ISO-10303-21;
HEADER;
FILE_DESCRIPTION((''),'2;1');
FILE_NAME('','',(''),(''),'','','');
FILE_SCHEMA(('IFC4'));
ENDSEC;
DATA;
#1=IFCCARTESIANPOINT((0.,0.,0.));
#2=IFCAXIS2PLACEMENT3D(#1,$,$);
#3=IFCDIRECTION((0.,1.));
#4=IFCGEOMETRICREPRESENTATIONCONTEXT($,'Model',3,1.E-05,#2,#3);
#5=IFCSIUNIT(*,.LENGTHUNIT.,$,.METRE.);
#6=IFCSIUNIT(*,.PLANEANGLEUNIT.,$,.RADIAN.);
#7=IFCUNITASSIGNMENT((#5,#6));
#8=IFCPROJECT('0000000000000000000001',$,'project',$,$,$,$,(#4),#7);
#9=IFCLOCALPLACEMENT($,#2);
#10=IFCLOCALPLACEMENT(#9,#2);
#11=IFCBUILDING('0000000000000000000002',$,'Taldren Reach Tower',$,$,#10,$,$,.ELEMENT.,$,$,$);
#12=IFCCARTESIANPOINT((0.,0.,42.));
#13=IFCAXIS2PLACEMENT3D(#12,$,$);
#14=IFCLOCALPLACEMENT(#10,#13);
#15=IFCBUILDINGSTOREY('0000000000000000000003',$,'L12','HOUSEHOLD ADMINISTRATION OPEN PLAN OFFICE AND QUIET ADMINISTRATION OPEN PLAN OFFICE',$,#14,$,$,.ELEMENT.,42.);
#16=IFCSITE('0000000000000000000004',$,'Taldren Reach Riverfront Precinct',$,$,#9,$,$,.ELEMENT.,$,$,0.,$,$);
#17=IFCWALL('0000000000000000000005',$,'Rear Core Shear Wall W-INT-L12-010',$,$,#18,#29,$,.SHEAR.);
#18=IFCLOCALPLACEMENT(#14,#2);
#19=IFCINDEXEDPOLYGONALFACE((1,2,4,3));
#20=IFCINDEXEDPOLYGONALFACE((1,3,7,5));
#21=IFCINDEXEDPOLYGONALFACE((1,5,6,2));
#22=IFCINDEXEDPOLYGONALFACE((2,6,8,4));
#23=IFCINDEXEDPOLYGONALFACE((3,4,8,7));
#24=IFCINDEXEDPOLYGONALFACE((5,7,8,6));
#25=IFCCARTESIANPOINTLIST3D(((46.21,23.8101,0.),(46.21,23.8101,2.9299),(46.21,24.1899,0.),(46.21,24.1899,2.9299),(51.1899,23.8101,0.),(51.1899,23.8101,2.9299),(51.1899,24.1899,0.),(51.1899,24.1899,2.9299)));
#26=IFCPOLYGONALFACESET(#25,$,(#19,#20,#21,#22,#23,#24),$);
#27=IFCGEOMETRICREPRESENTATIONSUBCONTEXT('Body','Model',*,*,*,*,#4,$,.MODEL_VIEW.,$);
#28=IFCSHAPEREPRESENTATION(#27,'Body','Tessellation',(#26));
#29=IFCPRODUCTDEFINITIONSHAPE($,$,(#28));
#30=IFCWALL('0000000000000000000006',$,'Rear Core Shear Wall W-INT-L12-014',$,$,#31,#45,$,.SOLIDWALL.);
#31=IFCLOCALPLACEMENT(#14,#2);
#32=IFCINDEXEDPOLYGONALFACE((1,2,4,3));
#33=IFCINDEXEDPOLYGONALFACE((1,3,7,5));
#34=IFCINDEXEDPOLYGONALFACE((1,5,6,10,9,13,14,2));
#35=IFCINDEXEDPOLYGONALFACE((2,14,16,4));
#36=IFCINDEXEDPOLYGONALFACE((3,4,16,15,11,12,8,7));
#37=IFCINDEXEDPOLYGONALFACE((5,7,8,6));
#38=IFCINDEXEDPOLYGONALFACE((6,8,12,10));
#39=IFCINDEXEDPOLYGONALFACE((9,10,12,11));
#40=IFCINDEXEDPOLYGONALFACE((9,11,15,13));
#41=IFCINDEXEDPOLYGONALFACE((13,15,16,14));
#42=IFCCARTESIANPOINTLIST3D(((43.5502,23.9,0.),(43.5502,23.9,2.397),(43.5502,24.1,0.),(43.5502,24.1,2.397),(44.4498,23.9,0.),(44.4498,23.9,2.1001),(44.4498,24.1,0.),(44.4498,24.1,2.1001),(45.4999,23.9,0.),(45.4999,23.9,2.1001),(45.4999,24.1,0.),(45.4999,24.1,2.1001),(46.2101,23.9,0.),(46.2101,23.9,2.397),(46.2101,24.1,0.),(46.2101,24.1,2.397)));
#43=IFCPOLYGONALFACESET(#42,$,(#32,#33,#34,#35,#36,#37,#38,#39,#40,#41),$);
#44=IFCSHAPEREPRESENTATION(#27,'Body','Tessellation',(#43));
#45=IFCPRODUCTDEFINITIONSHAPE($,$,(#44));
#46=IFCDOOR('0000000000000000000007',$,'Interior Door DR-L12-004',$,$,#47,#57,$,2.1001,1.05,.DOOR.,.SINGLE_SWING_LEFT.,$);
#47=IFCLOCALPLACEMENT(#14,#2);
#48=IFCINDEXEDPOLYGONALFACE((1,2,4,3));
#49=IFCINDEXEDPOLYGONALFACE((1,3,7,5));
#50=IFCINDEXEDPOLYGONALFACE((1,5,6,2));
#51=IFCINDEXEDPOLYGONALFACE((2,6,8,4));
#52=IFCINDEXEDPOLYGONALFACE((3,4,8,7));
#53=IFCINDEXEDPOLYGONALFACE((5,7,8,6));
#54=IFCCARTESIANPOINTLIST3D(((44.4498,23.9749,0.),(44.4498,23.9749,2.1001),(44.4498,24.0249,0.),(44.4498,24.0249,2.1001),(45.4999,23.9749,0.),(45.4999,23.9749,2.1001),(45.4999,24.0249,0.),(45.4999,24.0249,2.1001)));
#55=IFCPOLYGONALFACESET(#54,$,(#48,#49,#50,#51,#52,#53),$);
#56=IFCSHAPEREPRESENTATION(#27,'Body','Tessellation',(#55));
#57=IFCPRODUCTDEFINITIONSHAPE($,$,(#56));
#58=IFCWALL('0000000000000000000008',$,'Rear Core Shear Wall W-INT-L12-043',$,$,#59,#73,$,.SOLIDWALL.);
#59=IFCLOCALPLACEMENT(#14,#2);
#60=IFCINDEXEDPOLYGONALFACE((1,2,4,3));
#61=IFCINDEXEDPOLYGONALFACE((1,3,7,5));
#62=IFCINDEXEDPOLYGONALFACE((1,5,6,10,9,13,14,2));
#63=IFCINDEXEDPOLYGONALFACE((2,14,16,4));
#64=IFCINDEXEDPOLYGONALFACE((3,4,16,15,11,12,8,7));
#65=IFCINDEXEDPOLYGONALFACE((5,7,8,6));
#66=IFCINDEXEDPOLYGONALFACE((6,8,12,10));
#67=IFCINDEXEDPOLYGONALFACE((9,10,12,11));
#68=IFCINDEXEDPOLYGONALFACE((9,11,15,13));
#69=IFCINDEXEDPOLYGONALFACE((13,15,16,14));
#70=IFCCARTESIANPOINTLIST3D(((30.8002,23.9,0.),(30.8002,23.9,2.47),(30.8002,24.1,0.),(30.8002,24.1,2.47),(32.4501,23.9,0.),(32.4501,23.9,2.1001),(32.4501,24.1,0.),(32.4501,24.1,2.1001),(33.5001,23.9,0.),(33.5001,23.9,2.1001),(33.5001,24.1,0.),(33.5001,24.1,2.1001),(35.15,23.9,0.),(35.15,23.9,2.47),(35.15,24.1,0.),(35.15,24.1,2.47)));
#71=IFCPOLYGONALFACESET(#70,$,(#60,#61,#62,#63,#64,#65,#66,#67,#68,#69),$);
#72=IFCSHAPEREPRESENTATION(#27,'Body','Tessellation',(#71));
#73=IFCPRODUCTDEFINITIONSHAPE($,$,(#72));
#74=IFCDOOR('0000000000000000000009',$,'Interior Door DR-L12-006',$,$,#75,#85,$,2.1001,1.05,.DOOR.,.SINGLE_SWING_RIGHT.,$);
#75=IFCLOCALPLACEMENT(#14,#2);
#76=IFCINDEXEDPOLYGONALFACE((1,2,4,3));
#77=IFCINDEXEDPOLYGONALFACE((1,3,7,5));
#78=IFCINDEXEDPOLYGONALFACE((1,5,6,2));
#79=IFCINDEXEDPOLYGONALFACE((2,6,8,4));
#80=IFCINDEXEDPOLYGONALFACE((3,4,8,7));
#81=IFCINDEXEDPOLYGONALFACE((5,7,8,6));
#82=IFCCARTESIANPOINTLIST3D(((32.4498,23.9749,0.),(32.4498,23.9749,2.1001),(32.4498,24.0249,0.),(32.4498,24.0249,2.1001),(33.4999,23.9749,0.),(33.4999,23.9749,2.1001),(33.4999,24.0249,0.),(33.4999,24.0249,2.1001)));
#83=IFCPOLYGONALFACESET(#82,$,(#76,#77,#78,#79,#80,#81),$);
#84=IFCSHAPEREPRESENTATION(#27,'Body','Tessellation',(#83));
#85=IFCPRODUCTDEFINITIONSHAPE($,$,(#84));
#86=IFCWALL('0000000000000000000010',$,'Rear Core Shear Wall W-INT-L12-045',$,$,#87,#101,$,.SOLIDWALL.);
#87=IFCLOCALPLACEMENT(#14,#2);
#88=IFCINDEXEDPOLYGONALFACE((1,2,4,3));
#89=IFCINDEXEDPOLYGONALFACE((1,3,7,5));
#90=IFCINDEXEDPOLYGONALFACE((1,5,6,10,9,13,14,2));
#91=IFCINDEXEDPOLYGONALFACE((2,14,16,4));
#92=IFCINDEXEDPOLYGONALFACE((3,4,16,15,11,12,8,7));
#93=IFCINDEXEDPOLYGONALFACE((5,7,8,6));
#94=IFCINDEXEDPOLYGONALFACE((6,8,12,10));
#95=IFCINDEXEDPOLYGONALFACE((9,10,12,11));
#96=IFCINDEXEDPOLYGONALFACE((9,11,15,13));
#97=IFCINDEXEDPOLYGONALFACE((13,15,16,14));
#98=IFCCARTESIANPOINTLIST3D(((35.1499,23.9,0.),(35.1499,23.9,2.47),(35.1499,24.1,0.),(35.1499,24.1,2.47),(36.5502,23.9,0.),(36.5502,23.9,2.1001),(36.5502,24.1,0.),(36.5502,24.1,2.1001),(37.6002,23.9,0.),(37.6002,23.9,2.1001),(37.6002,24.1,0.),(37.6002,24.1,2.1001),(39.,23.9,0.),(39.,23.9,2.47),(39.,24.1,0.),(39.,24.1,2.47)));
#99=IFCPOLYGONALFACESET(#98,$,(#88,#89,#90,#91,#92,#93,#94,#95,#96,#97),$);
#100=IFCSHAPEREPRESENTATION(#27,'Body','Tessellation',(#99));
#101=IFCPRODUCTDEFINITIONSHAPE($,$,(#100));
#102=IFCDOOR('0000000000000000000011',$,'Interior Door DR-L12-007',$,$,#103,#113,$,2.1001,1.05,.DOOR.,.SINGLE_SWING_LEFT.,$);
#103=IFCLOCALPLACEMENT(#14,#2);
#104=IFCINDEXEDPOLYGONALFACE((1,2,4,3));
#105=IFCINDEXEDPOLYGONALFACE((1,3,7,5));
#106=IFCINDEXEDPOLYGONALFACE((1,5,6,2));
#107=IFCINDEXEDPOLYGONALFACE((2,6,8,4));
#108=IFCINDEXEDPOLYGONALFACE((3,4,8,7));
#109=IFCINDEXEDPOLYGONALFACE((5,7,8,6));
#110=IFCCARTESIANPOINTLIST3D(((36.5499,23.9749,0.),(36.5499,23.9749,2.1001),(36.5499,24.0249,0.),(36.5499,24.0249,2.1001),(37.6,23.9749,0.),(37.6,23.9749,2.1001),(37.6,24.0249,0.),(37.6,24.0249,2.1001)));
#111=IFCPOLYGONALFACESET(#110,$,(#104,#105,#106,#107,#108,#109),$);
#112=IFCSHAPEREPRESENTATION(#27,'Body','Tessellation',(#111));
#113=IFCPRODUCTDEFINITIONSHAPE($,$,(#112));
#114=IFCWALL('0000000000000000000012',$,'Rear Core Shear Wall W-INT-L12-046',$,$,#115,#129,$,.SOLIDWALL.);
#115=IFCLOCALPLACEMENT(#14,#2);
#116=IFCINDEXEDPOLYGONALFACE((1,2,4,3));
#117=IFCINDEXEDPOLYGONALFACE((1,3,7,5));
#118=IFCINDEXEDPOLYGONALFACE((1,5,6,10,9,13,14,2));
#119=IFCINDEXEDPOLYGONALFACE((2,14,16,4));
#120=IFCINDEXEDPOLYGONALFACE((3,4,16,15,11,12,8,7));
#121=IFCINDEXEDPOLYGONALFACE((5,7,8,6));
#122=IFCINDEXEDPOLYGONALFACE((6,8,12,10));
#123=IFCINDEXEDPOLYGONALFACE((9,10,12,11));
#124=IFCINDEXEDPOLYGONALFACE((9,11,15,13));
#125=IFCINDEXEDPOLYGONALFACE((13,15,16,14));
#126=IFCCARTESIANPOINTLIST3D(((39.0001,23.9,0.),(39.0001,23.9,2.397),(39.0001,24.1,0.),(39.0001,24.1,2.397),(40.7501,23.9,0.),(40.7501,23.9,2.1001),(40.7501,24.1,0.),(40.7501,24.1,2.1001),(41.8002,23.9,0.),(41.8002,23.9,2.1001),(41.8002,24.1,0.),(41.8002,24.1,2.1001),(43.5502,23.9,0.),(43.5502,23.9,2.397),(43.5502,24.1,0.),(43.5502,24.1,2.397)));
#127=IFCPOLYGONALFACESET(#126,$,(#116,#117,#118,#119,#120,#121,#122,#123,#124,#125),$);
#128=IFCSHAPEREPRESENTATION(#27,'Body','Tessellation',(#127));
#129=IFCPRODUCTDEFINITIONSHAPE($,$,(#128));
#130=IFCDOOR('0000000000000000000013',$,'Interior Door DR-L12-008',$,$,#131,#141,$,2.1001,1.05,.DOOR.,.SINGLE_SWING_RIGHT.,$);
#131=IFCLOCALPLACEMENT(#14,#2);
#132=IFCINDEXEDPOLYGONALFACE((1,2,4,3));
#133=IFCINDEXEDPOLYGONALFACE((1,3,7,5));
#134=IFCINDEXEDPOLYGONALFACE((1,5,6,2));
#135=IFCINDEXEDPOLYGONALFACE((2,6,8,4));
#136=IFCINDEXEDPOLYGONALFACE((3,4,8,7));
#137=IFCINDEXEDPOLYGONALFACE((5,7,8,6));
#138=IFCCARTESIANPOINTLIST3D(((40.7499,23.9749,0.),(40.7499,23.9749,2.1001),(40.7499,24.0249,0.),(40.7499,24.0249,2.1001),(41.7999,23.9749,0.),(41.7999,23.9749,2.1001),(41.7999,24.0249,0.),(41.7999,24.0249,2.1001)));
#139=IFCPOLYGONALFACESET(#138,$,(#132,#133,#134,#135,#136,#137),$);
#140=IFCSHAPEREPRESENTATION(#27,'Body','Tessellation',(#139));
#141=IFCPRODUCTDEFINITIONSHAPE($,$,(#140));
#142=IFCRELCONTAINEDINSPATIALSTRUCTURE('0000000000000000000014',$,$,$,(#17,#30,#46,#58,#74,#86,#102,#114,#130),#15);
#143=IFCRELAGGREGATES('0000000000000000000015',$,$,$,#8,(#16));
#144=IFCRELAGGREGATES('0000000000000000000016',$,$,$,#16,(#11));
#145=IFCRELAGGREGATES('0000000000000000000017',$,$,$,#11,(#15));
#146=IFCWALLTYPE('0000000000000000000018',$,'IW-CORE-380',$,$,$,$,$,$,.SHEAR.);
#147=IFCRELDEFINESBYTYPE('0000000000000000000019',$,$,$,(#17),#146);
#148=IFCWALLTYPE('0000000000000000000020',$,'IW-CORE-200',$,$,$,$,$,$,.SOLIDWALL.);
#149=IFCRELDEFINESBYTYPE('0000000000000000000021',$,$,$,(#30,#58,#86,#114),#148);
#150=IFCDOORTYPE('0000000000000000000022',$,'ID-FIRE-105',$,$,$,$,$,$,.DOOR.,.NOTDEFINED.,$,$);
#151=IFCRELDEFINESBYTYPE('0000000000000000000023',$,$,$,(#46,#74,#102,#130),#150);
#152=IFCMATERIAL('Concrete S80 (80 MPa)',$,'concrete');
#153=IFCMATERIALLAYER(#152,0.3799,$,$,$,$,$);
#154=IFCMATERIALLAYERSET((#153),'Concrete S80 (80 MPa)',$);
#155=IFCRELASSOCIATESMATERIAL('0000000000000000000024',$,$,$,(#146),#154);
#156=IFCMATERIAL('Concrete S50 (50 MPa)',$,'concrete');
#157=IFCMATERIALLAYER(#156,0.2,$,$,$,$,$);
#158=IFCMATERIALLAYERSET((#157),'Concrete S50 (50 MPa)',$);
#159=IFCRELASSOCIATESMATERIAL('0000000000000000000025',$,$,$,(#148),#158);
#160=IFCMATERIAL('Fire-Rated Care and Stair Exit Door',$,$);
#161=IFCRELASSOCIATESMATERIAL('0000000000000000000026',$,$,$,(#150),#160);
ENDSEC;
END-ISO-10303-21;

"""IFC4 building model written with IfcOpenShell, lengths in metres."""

from ifc_helpers import new_model, si_unit, direction, frame, frame_2d, origin, place, context, subcontext, project, spatial, rectangle, extrude, source, transform, mapped, material, layer, layer_set, type_object, element, fill, save


model = new_model("IFC4")

# Units and contexts
model_context = context("Model", 3, precision=1e-05, world=origin(), true_north=direction((0.0, 1.0)))
body_context = subcontext(model_context, "Body", "Model", "MODEL_VIEW")
ifc_project = project(units=[si_unit("LENGTHUNIT", "METRE"), si_unit("PLANEANGLEUNIT", "RADIAN")], contexts=[model_context])

# Site, building, storey
site_placement = place(None, origin())
site = spatial("IfcSite", under=ifc_project, at=site_placement, Name="Taldren Reach Riverfront Precinct", CompositionType="ELEMENT", RefElevation=0.0)
building_placement = place(site_placement, origin())
building = spatial("IfcBuilding", under=site, at=building_placement, Name="Taldren Reach Tower", CompositionType="ELEMENT")
storey_placement = place(building_placement, frame((0.0, 0.0, 42.0)))
storey = spatial("IfcBuildingStorey", under=building, at=storey_placement, Name="L12", Description="HOUSEHOLD ADMINISTRATION OPEN PLAN OFFICE AND QUIET ADMINISTRATION OPEN PLAN OFFICE", CompositionType="ELEMENT", Elevation=42.0)

# Wall
ifc_material_1 = material(Name="Concrete S80 (80 MPa)", Category="concrete")
ifc_layer_1 = layer(ifc_material_1, 0.3799)
ifc_layer_set_1 = layer_set([ifc_layer_1], Name="Concrete S80 (80 MPa)")
wall_type_1 = type_object("IfcWallType", Name="IW-CORE-380", PredefinedType="SHEAR", material=ifc_layer_set_1)
shared_shape_1 = source(origin(), body_context, "Body", "SweptSolid", [
    extrude(rectangle(XDim=4.98, YDim=0.3799, at=frame_2d((2.49, 0.0))), origin(), (0.0, 0.0, 1.0), 2.9299),
])
wall_1_placement = place(storey_placement, frame((46.21, 24.0, 0.0), z_axis=(0.0, 0.0, 1.0), x_axis=(1.0, 0.0, 0.0)))
element("IfcWall", 1, at=wall_1_placement, inside=storey, type_object=wall_type_1, Name="Rear Core Shear Wall W-INT-L12-010", PredefinedType="SHEAR", context=body_context, shape_type="MappedRepresentation", body=[
    mapped(shared_shape_1, transform((0.0, 0.0, 0.0), scale=1.0)),
])

# Walls, openings, doors
ifc_material_2 = material(Name="Concrete S50 (50 MPa)", Category="concrete")
ifc_layer_2 = layer(ifc_material_2, 0.2)
ifc_layer_set_2 = layer_set([ifc_layer_2], Name="Concrete S50 (50 MPa)")
wall_type_2 = type_object("IfcWallType", Name="IW-CORE-200", PredefinedType="SOLIDWALL", material=ifc_layer_set_2)
shared_shape_2 = source(origin(), body_context, "Body", "SweptSolid", [
    extrude(rectangle(XDim=2.6599, YDim=0.2, at=frame_2d((1.3301, 0.0))), origin(), (0.0, 0.0, 1.0), 2.397),
])
wall_2_placement = place(storey_placement, frame((43.55, 24.0, 0.0), z_axis=(0.0, 0.0, 1.0), x_axis=(1.0, 0.0, 0.0)))
wall_2 = element("IfcWall", 2, at=wall_2_placement, inside=storey, type_object=wall_type_2, Name="Rear Core Shear Wall W-INT-L12-014", PredefinedType="SOLIDWALL", context=body_context, shape_type="MappedRepresentation", body=[
    mapped(shared_shape_2, transform((0.0, 0.0, 0.0), scale=1.0)),
])
shared_shape_3 = source(origin(), body_context, "Body", "SweptSolid", [
    extrude(rectangle(XDim=1.05, YDim=2.1001, at=frame_2d((0.5249, 1.05))), frame((0.0, 0.1099, 0.0), z_axis=(0.0, -1.0, 0.0), x_axis=(1.0, 0.0, 0.0)), (0.0, 0.0, 1.0), 0.22),
])
opening_1_placement = place(wall_2_placement, frame((0.8999, 0.0, 0.0)))
opening_1 = element("IfcOpeningElement", 3, at=opening_1_placement, cuts=wall_2, PredefinedType="OPENING", context=body_context, shape_type="MappedRepresentation", body=[
    mapped(shared_shape_3, transform((0.0, 0.0, 0.0), scale=1.0)),
])
ifc_material_3 = material(Name="Fire-Rated Care and Stair Exit Door")
door_type = type_object("IfcDoorType", Name="ID-FIRE-105", OperationType="NOTDEFINED", PredefinedType="DOOR", material=ifc_material_3)
shared_shape_4 = source(origin(), body_context, "Body", "SweptSolid", [
    extrude(rectangle(XDim=1.05, YDim=2.1001, at=frame_2d((0.5249, 1.05))), frame((0.0, 0.0249, 0.0), z_axis=(0.0, -1.0, 0.0), x_axis=(1.0, 0.0, 0.0)), (0.0, 0.0, 1.0), 0.05),
])
door_1_placement = place(opening_1_placement, origin())
door_1 = element("IfcDoor", 4, at=door_1_placement, inside=storey, type_object=door_type, Name="Interior Door DR-L12-004", OperationType="SINGLE_SWING_LEFT", OverallHeight=2.1001, OverallWidth=1.05, PredefinedType="DOOR", context=body_context, shape_type="MappedRepresentation", body=[
    mapped(shared_shape_4, transform((0.0, 0.0, 0.0), scale=1.0)),
])
fill(opening_1, door_1)
shared_shape_5 = source(origin(), body_context, "Body", "SweptSolid", [
    extrude(rectangle(XDim=4.3499, YDim=0.2, at=frame_2d((2.1748, 0.0))), origin(), (0.0, 0.0, 1.0), 2.47),
])
wall_3_placement = place(storey_placement, frame((35.1499, 24.0, 0.0), z_axis=(0.0, 0.0, 1.0), x_axis=(-1.0, 0.0, 0.0)))
wall_3 = element("IfcWall", 5, at=wall_3_placement, inside=storey, type_object=wall_type_2, Name="Rear Core Shear Wall W-INT-L12-043", PredefinedType="SOLIDWALL", context=body_context, shape_type="MappedRepresentation", body=[
    mapped(shared_shape_5, transform((0.0, 0.0, 0.0), scale=1.0)),
])
opening_2_placement = place(wall_3_placement, frame((1.6499, 0.0, 0.0)))
opening_2 = element("IfcOpeningElement", 6, at=opening_2_placement, cuts=wall_3, PredefinedType="OPENING", context=body_context, shape_type="MappedRepresentation", body=[
    mapped(shared_shape_3, transform((0.0, 0.0, 0.0), scale=1.0)),
])
door_2_placement = place(opening_2_placement, frame((1.05, 0.0, 0.0), z_axis=(0.0, 0.0, 1.0), x_axis=(-1.0, 0.0, 0.0)))
door_2 = element("IfcDoor", 7, at=door_2_placement, inside=storey, type_object=door_type, Name="Interior Door DR-L12-006", OperationType="SINGLE_SWING_RIGHT", OverallHeight=2.1001, OverallWidth=1.05, PredefinedType="DOOR", context=body_context, shape_type="MappedRepresentation", body=[
    mapped(shared_shape_4, transform((0.0, 0.0, 0.0), scale=1.0)),
])
fill(opening_2, door_2)
shared_shape_6 = source(origin(), body_context, "Body", "SweptSolid", [
    extrude(rectangle(XDim=3.8501, YDim=0.2, at=frame_2d((1.925, 0.0))), origin(), (0.0, 0.0, 1.0), 2.47),
])
wall_4_placement = place(storey_placement, frame((39.0, 24.0, 0.0), z_axis=(0.0, 0.0, 1.0), x_axis=(-1.0, 0.0, 0.0)))
wall_4 = element("IfcWall", 8, at=wall_4_placement, inside=storey, type_object=wall_type_2, Name="Rear Core Shear Wall W-INT-L12-045", PredefinedType="SOLIDWALL", context=body_context, shape_type="MappedRepresentation", body=[
    mapped(shared_shape_6, transform((0.0, 0.0, 0.0), scale=1.0)),
])
opening_3_placement = place(wall_4_placement, frame((1.3999, 0.0, 0.0)))
opening_3 = element("IfcOpeningElement", 9, at=opening_3_placement, cuts=wall_4, PredefinedType="OPENING", context=body_context, shape_type="MappedRepresentation", body=[
    mapped(shared_shape_3, transform((0.0, 0.0, 0.0), scale=1.0)),
])
door_3_placement = place(opening_3_placement, frame((1.05, 0.0, 0.0), z_axis=(0.0, 0.0, 1.0), x_axis=(-1.0, 0.0, 0.0)))
door_3 = element("IfcDoor", 10, at=door_3_placement, inside=storey, type_object=door_type, Name="Interior Door DR-L12-007", OperationType="SINGLE_SWING_LEFT", OverallHeight=2.1001, OverallWidth=1.05, PredefinedType="DOOR", context=body_context, shape_type="MappedRepresentation", body=[
    mapped(shared_shape_4, transform((0.0, 0.0, 0.0), scale=1.0)),
])
fill(opening_3, door_3)
shared_shape_7 = source(origin(), body_context, "Body", "SweptSolid", [
    extrude(rectangle(XDim=4.55, YDim=0.2, at=frame_2d((2.2749, 0.0))), origin(), (0.0, 0.0, 1.0), 2.397),
])
wall_5_placement = place(storey_placement, frame((43.55, 24.0, 0.0), z_axis=(0.0, 0.0, 1.0), x_axis=(-1.0, 0.0, 0.0)))
wall_5 = element("IfcWall", 11, at=wall_5_placement, inside=storey, type_object=wall_type_2, Name="Rear Core Shear Wall W-INT-L12-046", PredefinedType="SOLIDWALL", context=body_context, shape_type="MappedRepresentation", body=[
    mapped(shared_shape_7, transform((0.0, 0.0, 0.0), scale=1.0)),
])
opening_4_placement = place(wall_5_placement, frame((1.75, 0.0, 0.0)))
opening_4 = element("IfcOpeningElement", 12, at=opening_4_placement, cuts=wall_5, PredefinedType="OPENING", context=body_context, shape_type="MappedRepresentation", body=[
    mapped(shared_shape_3, transform((0.0, 0.0, 0.0), scale=1.0)),
])
door_4_placement = place(opening_4_placement, frame((1.05, 0.0, 0.0), z_axis=(0.0, 0.0, 1.0), x_axis=(-1.0, 0.0, 0.0)))
door_4 = element("IfcDoor", 13, at=door_4_placement, inside=storey, type_object=door_type, Name="Interior Door DR-L12-008", OperationType="SINGLE_SWING_RIGHT", OverallHeight=2.1001, OverallWidth=1.05, PredefinedType="DOOR", context=body_context, shape_type="MappedRepresentation", body=[
    mapped(shared_shape_4, transform((0.0, 0.0, 0.0), scale=1.0)),
])
fill(opening_4, door_4)

save(model, "model.ifc")
